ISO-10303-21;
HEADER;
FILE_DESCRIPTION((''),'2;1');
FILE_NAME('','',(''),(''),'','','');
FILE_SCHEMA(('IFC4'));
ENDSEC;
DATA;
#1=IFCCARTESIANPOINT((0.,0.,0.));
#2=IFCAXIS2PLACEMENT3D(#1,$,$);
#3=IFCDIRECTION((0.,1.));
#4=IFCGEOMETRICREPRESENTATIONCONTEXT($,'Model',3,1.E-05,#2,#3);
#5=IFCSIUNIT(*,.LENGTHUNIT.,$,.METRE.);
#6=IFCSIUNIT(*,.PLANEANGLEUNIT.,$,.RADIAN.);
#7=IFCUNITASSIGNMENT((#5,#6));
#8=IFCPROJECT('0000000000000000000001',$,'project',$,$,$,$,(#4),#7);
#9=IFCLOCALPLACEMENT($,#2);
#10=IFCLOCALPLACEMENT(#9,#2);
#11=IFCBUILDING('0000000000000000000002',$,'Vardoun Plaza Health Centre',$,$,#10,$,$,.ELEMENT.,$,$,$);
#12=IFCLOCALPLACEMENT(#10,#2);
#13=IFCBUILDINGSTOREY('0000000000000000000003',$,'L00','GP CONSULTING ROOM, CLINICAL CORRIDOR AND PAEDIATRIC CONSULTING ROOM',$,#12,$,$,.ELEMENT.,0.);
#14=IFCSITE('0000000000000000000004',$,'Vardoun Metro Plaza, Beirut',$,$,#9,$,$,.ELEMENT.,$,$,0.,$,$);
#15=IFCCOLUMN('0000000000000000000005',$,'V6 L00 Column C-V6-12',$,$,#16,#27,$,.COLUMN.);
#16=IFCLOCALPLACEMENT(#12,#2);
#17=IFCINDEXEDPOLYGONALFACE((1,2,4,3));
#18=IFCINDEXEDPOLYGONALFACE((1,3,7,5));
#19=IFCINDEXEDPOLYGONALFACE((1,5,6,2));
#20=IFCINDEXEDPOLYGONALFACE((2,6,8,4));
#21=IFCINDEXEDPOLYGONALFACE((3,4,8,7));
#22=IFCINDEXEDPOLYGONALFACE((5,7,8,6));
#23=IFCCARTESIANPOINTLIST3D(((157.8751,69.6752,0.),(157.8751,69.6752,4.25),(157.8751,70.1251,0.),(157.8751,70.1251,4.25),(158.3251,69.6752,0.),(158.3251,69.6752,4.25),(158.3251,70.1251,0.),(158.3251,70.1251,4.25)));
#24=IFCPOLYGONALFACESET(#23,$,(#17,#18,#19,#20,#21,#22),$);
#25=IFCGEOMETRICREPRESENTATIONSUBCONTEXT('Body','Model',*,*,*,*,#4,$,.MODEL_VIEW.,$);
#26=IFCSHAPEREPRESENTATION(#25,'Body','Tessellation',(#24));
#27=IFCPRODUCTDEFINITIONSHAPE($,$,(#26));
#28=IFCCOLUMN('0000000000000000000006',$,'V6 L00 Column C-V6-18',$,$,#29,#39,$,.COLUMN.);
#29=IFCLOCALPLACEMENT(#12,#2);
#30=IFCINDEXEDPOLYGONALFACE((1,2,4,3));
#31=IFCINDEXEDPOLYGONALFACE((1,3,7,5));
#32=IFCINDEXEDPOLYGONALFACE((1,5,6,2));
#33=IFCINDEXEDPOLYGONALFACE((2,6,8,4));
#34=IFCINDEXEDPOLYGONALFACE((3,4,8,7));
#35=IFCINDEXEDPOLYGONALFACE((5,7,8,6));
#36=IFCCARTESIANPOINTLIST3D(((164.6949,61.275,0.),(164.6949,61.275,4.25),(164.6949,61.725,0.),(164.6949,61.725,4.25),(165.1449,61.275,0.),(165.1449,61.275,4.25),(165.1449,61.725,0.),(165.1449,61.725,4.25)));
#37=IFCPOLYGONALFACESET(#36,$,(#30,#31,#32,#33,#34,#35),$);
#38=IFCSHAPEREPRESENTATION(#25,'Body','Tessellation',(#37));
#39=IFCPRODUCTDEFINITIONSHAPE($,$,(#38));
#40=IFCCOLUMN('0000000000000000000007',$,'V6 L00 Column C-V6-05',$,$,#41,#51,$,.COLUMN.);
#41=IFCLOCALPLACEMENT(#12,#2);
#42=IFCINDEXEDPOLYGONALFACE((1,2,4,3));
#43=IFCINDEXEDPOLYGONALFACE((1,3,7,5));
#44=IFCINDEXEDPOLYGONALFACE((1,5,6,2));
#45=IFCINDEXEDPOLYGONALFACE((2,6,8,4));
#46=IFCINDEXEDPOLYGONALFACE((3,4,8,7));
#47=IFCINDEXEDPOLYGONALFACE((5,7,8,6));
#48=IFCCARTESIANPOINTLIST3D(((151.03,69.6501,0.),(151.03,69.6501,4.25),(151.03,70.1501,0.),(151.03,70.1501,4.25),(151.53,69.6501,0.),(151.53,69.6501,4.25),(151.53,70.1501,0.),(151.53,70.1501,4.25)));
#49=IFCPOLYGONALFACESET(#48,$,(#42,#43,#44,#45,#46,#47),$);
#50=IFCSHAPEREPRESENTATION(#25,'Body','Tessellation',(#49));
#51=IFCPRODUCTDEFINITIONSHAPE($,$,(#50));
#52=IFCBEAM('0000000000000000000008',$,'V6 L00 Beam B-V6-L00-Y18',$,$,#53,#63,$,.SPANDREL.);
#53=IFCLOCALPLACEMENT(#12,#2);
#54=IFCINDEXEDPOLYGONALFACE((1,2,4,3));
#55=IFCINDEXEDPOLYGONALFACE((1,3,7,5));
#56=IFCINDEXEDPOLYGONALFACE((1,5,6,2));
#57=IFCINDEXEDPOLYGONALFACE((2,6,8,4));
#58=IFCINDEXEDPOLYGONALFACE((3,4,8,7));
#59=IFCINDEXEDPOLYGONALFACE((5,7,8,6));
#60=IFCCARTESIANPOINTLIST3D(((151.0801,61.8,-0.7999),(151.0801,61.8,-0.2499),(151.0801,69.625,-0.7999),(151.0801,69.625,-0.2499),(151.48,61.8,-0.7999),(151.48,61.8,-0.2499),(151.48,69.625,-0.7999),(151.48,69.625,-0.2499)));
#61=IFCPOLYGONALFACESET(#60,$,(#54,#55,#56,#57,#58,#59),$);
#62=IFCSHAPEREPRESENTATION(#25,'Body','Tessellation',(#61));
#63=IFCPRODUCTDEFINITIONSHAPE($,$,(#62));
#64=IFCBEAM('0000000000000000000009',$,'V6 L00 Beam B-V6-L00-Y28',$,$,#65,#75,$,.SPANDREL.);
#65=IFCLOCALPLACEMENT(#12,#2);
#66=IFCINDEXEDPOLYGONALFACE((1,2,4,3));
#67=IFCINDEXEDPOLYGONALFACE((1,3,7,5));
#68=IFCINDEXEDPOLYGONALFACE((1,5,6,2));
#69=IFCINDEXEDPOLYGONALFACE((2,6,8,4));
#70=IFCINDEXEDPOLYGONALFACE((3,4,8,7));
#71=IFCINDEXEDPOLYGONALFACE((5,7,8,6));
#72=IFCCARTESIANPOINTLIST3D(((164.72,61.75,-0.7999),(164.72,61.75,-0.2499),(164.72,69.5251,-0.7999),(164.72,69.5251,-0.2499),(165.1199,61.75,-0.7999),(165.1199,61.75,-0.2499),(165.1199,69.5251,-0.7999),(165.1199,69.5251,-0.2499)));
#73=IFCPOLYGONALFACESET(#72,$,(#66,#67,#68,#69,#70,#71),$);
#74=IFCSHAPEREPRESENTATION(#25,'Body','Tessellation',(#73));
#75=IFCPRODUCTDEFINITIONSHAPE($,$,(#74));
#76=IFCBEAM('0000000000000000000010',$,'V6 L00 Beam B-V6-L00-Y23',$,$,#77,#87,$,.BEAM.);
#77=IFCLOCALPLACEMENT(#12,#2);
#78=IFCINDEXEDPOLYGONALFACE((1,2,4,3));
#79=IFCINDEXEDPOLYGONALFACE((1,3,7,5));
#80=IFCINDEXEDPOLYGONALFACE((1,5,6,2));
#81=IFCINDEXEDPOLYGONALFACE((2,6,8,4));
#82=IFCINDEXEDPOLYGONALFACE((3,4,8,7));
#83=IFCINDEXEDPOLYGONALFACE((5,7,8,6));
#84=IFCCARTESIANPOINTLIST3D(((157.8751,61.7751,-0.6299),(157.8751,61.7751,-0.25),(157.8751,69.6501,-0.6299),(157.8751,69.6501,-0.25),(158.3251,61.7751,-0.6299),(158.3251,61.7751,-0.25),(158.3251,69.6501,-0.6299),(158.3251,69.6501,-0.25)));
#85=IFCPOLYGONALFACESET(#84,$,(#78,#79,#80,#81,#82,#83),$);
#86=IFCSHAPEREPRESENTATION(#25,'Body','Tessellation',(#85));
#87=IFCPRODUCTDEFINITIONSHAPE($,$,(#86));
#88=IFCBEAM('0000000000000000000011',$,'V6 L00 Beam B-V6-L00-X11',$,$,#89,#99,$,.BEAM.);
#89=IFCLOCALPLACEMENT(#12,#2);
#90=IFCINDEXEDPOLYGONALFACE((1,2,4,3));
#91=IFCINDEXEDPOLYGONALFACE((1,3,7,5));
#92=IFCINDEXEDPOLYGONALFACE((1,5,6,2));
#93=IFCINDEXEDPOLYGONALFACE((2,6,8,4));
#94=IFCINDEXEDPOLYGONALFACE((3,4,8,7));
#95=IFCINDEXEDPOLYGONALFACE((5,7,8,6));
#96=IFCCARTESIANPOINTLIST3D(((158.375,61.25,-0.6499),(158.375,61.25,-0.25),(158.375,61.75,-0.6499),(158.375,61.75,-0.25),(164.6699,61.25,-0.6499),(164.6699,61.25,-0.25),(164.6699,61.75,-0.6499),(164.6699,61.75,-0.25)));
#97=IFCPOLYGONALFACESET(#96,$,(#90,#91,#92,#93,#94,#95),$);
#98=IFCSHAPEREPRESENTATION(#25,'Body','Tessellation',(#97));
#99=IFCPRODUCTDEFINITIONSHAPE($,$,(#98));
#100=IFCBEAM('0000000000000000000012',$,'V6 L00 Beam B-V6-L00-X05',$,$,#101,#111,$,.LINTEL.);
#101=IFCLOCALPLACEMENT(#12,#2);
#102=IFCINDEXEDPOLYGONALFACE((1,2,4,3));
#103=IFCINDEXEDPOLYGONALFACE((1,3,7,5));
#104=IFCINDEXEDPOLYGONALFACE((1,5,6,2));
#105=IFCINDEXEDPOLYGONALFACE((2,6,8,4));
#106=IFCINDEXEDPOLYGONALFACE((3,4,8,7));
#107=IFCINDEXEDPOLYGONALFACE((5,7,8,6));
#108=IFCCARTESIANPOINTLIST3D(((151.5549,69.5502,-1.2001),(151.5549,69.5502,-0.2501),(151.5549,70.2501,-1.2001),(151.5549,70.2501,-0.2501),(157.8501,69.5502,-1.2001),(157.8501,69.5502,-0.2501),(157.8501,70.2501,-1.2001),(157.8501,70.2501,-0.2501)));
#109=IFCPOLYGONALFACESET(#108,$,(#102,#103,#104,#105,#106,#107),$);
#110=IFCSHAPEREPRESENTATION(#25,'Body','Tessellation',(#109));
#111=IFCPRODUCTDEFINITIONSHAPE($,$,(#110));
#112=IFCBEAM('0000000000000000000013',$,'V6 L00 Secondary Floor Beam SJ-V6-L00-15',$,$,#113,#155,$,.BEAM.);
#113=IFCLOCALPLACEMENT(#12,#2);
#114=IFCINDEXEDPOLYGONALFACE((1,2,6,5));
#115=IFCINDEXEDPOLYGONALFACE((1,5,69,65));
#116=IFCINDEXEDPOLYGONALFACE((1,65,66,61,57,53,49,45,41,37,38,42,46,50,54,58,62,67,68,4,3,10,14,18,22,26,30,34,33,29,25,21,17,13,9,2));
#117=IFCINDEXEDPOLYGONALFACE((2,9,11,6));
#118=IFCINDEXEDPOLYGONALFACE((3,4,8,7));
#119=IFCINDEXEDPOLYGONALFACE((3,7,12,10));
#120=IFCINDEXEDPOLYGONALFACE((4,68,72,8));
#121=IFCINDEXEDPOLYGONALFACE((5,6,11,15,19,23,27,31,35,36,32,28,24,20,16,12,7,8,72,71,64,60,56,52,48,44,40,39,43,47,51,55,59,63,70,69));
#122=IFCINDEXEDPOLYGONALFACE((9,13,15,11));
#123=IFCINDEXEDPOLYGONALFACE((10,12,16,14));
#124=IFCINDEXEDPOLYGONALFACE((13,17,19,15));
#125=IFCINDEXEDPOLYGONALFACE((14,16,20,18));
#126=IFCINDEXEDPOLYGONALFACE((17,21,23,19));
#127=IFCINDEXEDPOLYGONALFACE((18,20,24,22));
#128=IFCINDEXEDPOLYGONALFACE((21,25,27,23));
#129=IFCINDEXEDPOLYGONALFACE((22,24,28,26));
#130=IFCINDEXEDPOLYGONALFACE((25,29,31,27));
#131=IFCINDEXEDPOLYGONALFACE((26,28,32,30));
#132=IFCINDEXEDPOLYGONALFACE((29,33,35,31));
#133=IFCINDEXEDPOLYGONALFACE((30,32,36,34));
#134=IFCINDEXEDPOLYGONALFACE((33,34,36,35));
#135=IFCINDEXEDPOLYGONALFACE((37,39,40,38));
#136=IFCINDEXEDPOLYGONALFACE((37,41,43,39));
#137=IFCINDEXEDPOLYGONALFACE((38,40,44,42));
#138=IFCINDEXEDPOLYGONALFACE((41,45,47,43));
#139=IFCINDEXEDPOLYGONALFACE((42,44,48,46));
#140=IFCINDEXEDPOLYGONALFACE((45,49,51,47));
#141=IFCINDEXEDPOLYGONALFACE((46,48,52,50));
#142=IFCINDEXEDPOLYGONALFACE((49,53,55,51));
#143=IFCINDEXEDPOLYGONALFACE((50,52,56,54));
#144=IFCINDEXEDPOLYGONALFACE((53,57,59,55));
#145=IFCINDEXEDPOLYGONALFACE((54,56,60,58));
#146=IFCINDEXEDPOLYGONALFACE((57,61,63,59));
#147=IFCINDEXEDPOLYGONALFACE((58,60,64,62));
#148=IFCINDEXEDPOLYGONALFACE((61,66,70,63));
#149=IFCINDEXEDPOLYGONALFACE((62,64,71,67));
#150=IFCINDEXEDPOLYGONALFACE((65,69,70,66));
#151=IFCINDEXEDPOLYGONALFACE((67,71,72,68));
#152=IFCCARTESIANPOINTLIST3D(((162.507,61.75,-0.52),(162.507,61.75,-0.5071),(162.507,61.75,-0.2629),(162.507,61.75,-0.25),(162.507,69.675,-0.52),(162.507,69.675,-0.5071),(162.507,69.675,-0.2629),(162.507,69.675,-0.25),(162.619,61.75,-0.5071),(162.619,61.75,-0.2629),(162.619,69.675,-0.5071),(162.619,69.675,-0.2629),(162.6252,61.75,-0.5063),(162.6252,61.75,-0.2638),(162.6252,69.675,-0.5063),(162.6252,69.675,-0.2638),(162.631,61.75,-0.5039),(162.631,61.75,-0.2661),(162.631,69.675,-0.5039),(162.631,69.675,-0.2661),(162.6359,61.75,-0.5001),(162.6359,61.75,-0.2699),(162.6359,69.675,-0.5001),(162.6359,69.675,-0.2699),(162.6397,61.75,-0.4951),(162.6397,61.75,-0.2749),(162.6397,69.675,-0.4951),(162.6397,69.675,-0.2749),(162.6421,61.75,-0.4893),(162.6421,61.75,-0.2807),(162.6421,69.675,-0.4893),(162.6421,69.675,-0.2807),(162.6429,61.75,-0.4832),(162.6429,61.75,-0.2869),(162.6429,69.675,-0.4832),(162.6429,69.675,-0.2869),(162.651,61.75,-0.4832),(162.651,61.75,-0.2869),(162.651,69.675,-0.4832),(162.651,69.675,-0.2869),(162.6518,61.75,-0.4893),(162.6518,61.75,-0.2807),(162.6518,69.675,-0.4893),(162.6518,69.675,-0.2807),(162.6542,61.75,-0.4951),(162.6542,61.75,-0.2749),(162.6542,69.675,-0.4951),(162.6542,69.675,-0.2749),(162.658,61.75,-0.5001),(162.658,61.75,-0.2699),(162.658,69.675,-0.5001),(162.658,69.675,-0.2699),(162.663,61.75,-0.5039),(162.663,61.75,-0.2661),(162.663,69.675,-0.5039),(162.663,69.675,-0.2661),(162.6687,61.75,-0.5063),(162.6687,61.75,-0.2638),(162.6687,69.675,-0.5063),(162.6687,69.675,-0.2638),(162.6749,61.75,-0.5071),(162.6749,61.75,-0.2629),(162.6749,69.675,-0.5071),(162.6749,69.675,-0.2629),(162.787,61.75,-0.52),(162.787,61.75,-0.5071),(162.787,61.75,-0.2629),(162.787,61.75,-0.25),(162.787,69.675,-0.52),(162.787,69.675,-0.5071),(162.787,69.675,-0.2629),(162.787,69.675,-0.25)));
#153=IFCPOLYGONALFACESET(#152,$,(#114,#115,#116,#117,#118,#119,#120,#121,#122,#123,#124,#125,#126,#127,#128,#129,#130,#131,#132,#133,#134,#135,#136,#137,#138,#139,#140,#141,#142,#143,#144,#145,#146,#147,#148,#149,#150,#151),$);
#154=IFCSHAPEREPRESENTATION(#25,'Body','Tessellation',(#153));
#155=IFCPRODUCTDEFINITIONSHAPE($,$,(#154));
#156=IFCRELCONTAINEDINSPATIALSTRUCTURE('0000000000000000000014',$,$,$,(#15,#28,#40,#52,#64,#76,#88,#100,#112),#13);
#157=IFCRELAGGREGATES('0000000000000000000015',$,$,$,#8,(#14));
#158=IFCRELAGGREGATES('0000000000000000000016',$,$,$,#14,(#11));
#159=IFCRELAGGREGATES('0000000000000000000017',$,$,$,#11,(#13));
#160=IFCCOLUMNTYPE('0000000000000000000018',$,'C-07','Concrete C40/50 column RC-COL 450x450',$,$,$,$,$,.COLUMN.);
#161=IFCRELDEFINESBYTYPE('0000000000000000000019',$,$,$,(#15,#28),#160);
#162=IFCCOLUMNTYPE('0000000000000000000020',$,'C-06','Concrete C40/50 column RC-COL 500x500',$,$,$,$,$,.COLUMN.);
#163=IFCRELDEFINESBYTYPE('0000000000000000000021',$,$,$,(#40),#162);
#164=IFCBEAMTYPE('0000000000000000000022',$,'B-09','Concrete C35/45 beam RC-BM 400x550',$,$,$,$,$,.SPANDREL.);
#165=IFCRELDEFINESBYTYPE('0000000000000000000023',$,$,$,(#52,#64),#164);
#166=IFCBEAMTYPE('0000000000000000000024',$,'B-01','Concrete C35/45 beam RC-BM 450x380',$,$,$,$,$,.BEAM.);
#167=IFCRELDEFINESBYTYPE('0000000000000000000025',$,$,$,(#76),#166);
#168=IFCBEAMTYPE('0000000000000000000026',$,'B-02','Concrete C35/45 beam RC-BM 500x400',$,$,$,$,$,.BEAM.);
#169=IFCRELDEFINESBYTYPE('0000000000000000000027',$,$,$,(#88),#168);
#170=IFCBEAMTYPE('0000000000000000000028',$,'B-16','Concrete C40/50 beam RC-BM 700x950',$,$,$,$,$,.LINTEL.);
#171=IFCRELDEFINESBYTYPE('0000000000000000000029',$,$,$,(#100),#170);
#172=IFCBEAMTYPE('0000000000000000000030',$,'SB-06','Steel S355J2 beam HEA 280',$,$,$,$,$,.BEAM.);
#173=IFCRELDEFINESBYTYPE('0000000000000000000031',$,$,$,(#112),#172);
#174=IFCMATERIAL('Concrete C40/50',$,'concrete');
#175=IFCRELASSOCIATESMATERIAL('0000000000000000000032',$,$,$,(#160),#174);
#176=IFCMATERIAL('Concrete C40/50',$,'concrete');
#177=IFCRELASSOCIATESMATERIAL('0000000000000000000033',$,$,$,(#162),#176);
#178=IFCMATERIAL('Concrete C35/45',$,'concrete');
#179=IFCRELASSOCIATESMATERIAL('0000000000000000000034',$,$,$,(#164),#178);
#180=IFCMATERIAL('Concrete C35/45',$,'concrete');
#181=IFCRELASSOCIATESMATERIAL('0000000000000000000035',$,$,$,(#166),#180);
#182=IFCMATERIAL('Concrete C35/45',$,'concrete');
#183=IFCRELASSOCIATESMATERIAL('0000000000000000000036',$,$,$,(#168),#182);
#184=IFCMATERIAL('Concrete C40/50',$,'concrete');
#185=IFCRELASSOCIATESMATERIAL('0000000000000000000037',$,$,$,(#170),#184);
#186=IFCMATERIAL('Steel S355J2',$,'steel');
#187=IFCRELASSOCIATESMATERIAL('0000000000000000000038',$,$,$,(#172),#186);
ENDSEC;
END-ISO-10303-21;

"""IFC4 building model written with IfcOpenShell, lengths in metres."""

from ifc_helpers import new_model, si_unit, direction, frame, origin, origin_2d, place, context, subcontext, project, spatial, rectangle, i_section, extrude, material, material_profile, profile_set, type_object, element, save


model = new_model("IFC4")

# Units and contexts
model_context = context("Model", 3, precision=1e-05, world=origin(), true_north=direction((0.0, 1.0)))
body_context = subcontext(model_context, "Body", "Model", "MODEL_VIEW")
ifc_project = project(units=[si_unit("LENGTHUNIT", "METRE"), si_unit("PLANEANGLEUNIT", "RADIAN")], contexts=[model_context])

# Site, building, storey
site_placement = place(None, origin())
site = spatial("IfcSite", under=ifc_project, at=site_placement, Name="Vardoun Metro Plaza, Beirut", CompositionType="ELEMENT", RefElevation=0.0)
building_placement = place(site_placement, origin())
building = spatial("IfcBuilding", under=site, at=building_placement, Name="Vardoun Plaza Health Centre", CompositionType="ELEMENT")
storey_placement = place(building_placement, origin())
storey = spatial("IfcBuildingStorey", under=building, at=storey_placement, Name="L00", Description="GP CONSULTING ROOM, CLINICAL CORRIDOR AND PAEDIATRIC CONSULTING ROOM", CompositionType="ELEMENT", Elevation=0.0)

# Columns
ifc_material_1 = material(Name="Concrete C40/50", Category="concrete")
ifc_material_profile_1 = material_profile(ifc_material_1, rectangle(XDim=0.45, YDim=0.45, at=origin_2d()), Name="RC-COL 450x450")
ifc_profile_set_1 = profile_set([ifc_material_profile_1], Name="Concrete C40/50")
column_type_1 = type_object("IfcColumnType", Name="C-07", Description="Concrete C40/50 column RC-COL 450x450", PredefinedType="COLUMN", material=ifc_profile_set_1)
for number, where, z_axis, x_axis, name in (
    (1, (158.1001, 69.9001, 0.0), (0.0, 0.0, 1.0), (1.0, 0.0, 0.0), "V6 L00 Column C-V6-12"),
    (2, (164.9199, 61.5, 0.0), (0.0, 0.0, 1.0), (1.0, 0.0, 0.0), "V6 L00 Column C-V6-18"),
):
    element("IfcColumn", number, at=place(storey_placement, frame(where, z_axis=z_axis, x_axis=x_axis)), inside=storey, type_object=column_type_1, Name=name, PredefinedType="COLUMN", context=body_context, shape_type="SweptSolid", body=[
        extrude(rectangle(XDim=0.45, YDim=0.45, at=origin_2d()), origin(), (0.0, 0.0, 1.0), 4.25),
    ])
ifc_material_2 = material(Name="Concrete C40/50", Category="concrete")
ifc_material_profile_2 = material_profile(ifc_material_2, rectangle(XDim=0.5, YDim=0.5, at=origin_2d()), Name="RC-COL 500x500")
ifc_profile_set_2 = profile_set([ifc_material_profile_2], Name="Concrete C40/50")
column_type_2 = type_object("IfcColumnType", Name="C-06", Description="Concrete C40/50 column RC-COL 500x500", PredefinedType="COLUMN", material=ifc_profile_set_2)
column_placement = place(storey_placement, frame((151.28, 69.9001, 0.0), z_axis=(0.0, 0.0, 1.0), x_axis=(1.0, 0.0, 0.0)))
element("IfcColumn", 3, at=column_placement, inside=storey, type_object=column_type_2, Name="V6 L00 Column C-V6-05", PredefinedType="COLUMN", context=body_context, shape_type="SweptSolid", body=[
    extrude(rectangle(XDim=0.5, YDim=0.5, at=origin_2d()), origin(), (0.0, 0.0, 1.0), 4.25),
])

# Beams
ifc_material_3 = material(Name="Concrete C35/45", Category="concrete")
ifc_material_profile_3 = material_profile(ifc_material_3, rectangle(XDim=0.3999, YDim=0.55, at=origin_2d()), Name="RC-BM 400x550")
ifc_profile_set_3 = profile_set([ifc_material_profile_3], Name="Concrete C35/45")
beam_type_1 = type_object("IfcBeamType", Name="B-09", Description="Concrete C35/45 beam RC-BM 400x550", PredefinedType="SPANDREL", material=ifc_profile_set_3)
beam_1_placement = place(storey_placement, frame((151.28, 61.8, -0.5249), z_axis=(0.0, 1.0, 0.0), x_axis=(-1.0, 0.0, 0.0)))
element("IfcBeam", 4, at=beam_1_placement, inside=storey, type_object=beam_type_1, Name="V6 L00 Beam B-V6-L00-Y18", PredefinedType="SPANDREL", context=body_context, shape_type="SweptSolid", body=[
    extrude(rectangle(XDim=0.3999, YDim=0.55, at=origin_2d()), origin(), (0.0, 0.0, 1.0), 7.825),
])
beam_2_placement = place(storey_placement, frame((164.9199, 61.75, -0.5249), z_axis=(0.0, 1.0, 0.0), x_axis=(-1.0, 0.0, 0.0)))
element("IfcBeam", 5, at=beam_2_placement, inside=storey, type_object=beam_type_1, Name="V6 L00 Beam B-V6-L00-Y28", PredefinedType="SPANDREL", context=body_context, shape_type="SweptSolid", body=[
    extrude(rectangle(XDim=0.3999, YDim=0.55, at=origin_2d()), origin(), (0.0, 0.0, 1.0), 7.7751),
])
ifc_material_4 = material(Name="Concrete C35/45", Category="concrete")
ifc_material_profile_4 = material_profile(ifc_material_4, rectangle(XDim=0.45, YDim=0.3799, at=origin_2d()), Name="RC-BM 450x380")
ifc_profile_set_4 = profile_set([ifc_material_profile_4], Name="Concrete C35/45")
beam_type_2 = type_object("IfcBeamType", Name="B-01", Description="Concrete C35/45 beam RC-BM 450x380", PredefinedType="BEAM", material=ifc_profile_set_4)
beam_3_placement = place(storey_placement, frame((158.1001, 61.7751, -0.4399), z_axis=(0.0, 1.0, 0.0), x_axis=(-1.0, 0.0, 0.0)))
element("IfcBeam", 6, at=beam_3_placement, inside=storey, type_object=beam_type_2, Name="V6 L00 Beam B-V6-L00-Y23", PredefinedType="BEAM", context=body_context, shape_type="SweptSolid", body=[
    extrude(rectangle(XDim=0.45, YDim=0.3799, at=origin_2d()), origin(), (0.0, 0.0, 1.0), 7.875),
])
ifc_material_5 = material(Name="Concrete C35/45", Category="concrete")
ifc_material_profile_5 = material_profile(ifc_material_5, rectangle(XDim=0.5, YDim=0.3999, at=origin_2d()), Name="RC-BM 500x400")
ifc_profile_set_5 = profile_set([ifc_material_profile_5], Name="Concrete C35/45")
beam_type_3 = type_object("IfcBeamType", Name="B-02", Description="Concrete C35/45 beam RC-BM 500x400", PredefinedType="BEAM", material=ifc_profile_set_5)
beam_4_placement = place(storey_placement, frame((158.375, 61.5, -0.45), z_axis=(1.0, 0.0, 0.0), x_axis=(0.0, 1.0, 0.0)))
element("IfcBeam", 7, at=beam_4_placement, inside=storey, type_object=beam_type_3, Name="V6 L00 Beam B-V6-L00-X11", PredefinedType="BEAM", context=body_context, shape_type="SweptSolid", body=[
    extrude(rectangle(XDim=0.5, YDim=0.3999, at=origin_2d()), origin(), (0.0, 0.0, 1.0), 6.2949),
])
ifc_material_6 = material(Name="Concrete C40/50", Category="concrete")
ifc_material_profile_6 = material_profile(ifc_material_6, rectangle(XDim=0.7, YDim=0.95, at=origin_2d()), Name="RC-BM 700x950")
ifc_profile_set_6 = profile_set([ifc_material_profile_6], Name="Concrete C40/50")
beam_type_4 = type_object("IfcBeamType", Name="B-16", Description="Concrete C40/50 beam RC-BM 700x950", PredefinedType="LINTEL", material=ifc_profile_set_6)
beam_5_placement = place(storey_placement, frame((151.5549, 69.9001, -0.7251), z_axis=(1.0, 0.0, 0.0), x_axis=(0.0, 1.0, 0.0)))
element("IfcBeam", 8, at=beam_5_placement, inside=storey, type_object=beam_type_4, Name="V6 L00 Beam B-V6-L00-X05", PredefinedType="LINTEL", context=body_context, shape_type="SweptSolid", body=[
    extrude(rectangle(XDim=0.7, YDim=0.95, at=origin_2d()), origin(), (0.0, 0.0, 1.0), 6.2952),
])
ifc_material_7 = material(Name="Steel S355J2", Category="steel")
ifc_material_profile_7 = material_profile(ifc_material_7, i_section(OverallWidth=0.28, OverallDepth=0.27, WebThickness=0.0081, FlangeThickness=0.0129, FilletRadius=0.0239, at=origin_2d()), Name="HEA 280")
ifc_profile_set_7 = profile_set([ifc_material_profile_7], Name="Steel S355J2")
beam_type_5 = type_object("IfcBeamType", Name="SB-06", Description="Steel S355J2 beam HEA 280", PredefinedType="BEAM", material=ifc_profile_set_7)
beam_6_placement = place(storey_placement, frame((162.647, 61.75, -0.385), z_axis=(0.0, 1.0, 0.0), x_axis=(-1.0, 0.0, 0.0)))
element("IfcBeam", 9, at=beam_6_placement, inside=storey, type_object=beam_type_5, Name="V6 L00 Secondary Floor Beam SJ-V6-L00-15", PredefinedType="BEAM", context=body_context, shape_type="SweptSolid", body=[
    extrude(i_section(OverallWidth=0.28, OverallDepth=0.27, WebThickness=0.0081, FlangeThickness=0.0129, FilletRadius=0.0239, at=origin_2d()), origin(), (0.0, 0.0, 1.0), 7.925),
])

save(model, "model.ifc")
